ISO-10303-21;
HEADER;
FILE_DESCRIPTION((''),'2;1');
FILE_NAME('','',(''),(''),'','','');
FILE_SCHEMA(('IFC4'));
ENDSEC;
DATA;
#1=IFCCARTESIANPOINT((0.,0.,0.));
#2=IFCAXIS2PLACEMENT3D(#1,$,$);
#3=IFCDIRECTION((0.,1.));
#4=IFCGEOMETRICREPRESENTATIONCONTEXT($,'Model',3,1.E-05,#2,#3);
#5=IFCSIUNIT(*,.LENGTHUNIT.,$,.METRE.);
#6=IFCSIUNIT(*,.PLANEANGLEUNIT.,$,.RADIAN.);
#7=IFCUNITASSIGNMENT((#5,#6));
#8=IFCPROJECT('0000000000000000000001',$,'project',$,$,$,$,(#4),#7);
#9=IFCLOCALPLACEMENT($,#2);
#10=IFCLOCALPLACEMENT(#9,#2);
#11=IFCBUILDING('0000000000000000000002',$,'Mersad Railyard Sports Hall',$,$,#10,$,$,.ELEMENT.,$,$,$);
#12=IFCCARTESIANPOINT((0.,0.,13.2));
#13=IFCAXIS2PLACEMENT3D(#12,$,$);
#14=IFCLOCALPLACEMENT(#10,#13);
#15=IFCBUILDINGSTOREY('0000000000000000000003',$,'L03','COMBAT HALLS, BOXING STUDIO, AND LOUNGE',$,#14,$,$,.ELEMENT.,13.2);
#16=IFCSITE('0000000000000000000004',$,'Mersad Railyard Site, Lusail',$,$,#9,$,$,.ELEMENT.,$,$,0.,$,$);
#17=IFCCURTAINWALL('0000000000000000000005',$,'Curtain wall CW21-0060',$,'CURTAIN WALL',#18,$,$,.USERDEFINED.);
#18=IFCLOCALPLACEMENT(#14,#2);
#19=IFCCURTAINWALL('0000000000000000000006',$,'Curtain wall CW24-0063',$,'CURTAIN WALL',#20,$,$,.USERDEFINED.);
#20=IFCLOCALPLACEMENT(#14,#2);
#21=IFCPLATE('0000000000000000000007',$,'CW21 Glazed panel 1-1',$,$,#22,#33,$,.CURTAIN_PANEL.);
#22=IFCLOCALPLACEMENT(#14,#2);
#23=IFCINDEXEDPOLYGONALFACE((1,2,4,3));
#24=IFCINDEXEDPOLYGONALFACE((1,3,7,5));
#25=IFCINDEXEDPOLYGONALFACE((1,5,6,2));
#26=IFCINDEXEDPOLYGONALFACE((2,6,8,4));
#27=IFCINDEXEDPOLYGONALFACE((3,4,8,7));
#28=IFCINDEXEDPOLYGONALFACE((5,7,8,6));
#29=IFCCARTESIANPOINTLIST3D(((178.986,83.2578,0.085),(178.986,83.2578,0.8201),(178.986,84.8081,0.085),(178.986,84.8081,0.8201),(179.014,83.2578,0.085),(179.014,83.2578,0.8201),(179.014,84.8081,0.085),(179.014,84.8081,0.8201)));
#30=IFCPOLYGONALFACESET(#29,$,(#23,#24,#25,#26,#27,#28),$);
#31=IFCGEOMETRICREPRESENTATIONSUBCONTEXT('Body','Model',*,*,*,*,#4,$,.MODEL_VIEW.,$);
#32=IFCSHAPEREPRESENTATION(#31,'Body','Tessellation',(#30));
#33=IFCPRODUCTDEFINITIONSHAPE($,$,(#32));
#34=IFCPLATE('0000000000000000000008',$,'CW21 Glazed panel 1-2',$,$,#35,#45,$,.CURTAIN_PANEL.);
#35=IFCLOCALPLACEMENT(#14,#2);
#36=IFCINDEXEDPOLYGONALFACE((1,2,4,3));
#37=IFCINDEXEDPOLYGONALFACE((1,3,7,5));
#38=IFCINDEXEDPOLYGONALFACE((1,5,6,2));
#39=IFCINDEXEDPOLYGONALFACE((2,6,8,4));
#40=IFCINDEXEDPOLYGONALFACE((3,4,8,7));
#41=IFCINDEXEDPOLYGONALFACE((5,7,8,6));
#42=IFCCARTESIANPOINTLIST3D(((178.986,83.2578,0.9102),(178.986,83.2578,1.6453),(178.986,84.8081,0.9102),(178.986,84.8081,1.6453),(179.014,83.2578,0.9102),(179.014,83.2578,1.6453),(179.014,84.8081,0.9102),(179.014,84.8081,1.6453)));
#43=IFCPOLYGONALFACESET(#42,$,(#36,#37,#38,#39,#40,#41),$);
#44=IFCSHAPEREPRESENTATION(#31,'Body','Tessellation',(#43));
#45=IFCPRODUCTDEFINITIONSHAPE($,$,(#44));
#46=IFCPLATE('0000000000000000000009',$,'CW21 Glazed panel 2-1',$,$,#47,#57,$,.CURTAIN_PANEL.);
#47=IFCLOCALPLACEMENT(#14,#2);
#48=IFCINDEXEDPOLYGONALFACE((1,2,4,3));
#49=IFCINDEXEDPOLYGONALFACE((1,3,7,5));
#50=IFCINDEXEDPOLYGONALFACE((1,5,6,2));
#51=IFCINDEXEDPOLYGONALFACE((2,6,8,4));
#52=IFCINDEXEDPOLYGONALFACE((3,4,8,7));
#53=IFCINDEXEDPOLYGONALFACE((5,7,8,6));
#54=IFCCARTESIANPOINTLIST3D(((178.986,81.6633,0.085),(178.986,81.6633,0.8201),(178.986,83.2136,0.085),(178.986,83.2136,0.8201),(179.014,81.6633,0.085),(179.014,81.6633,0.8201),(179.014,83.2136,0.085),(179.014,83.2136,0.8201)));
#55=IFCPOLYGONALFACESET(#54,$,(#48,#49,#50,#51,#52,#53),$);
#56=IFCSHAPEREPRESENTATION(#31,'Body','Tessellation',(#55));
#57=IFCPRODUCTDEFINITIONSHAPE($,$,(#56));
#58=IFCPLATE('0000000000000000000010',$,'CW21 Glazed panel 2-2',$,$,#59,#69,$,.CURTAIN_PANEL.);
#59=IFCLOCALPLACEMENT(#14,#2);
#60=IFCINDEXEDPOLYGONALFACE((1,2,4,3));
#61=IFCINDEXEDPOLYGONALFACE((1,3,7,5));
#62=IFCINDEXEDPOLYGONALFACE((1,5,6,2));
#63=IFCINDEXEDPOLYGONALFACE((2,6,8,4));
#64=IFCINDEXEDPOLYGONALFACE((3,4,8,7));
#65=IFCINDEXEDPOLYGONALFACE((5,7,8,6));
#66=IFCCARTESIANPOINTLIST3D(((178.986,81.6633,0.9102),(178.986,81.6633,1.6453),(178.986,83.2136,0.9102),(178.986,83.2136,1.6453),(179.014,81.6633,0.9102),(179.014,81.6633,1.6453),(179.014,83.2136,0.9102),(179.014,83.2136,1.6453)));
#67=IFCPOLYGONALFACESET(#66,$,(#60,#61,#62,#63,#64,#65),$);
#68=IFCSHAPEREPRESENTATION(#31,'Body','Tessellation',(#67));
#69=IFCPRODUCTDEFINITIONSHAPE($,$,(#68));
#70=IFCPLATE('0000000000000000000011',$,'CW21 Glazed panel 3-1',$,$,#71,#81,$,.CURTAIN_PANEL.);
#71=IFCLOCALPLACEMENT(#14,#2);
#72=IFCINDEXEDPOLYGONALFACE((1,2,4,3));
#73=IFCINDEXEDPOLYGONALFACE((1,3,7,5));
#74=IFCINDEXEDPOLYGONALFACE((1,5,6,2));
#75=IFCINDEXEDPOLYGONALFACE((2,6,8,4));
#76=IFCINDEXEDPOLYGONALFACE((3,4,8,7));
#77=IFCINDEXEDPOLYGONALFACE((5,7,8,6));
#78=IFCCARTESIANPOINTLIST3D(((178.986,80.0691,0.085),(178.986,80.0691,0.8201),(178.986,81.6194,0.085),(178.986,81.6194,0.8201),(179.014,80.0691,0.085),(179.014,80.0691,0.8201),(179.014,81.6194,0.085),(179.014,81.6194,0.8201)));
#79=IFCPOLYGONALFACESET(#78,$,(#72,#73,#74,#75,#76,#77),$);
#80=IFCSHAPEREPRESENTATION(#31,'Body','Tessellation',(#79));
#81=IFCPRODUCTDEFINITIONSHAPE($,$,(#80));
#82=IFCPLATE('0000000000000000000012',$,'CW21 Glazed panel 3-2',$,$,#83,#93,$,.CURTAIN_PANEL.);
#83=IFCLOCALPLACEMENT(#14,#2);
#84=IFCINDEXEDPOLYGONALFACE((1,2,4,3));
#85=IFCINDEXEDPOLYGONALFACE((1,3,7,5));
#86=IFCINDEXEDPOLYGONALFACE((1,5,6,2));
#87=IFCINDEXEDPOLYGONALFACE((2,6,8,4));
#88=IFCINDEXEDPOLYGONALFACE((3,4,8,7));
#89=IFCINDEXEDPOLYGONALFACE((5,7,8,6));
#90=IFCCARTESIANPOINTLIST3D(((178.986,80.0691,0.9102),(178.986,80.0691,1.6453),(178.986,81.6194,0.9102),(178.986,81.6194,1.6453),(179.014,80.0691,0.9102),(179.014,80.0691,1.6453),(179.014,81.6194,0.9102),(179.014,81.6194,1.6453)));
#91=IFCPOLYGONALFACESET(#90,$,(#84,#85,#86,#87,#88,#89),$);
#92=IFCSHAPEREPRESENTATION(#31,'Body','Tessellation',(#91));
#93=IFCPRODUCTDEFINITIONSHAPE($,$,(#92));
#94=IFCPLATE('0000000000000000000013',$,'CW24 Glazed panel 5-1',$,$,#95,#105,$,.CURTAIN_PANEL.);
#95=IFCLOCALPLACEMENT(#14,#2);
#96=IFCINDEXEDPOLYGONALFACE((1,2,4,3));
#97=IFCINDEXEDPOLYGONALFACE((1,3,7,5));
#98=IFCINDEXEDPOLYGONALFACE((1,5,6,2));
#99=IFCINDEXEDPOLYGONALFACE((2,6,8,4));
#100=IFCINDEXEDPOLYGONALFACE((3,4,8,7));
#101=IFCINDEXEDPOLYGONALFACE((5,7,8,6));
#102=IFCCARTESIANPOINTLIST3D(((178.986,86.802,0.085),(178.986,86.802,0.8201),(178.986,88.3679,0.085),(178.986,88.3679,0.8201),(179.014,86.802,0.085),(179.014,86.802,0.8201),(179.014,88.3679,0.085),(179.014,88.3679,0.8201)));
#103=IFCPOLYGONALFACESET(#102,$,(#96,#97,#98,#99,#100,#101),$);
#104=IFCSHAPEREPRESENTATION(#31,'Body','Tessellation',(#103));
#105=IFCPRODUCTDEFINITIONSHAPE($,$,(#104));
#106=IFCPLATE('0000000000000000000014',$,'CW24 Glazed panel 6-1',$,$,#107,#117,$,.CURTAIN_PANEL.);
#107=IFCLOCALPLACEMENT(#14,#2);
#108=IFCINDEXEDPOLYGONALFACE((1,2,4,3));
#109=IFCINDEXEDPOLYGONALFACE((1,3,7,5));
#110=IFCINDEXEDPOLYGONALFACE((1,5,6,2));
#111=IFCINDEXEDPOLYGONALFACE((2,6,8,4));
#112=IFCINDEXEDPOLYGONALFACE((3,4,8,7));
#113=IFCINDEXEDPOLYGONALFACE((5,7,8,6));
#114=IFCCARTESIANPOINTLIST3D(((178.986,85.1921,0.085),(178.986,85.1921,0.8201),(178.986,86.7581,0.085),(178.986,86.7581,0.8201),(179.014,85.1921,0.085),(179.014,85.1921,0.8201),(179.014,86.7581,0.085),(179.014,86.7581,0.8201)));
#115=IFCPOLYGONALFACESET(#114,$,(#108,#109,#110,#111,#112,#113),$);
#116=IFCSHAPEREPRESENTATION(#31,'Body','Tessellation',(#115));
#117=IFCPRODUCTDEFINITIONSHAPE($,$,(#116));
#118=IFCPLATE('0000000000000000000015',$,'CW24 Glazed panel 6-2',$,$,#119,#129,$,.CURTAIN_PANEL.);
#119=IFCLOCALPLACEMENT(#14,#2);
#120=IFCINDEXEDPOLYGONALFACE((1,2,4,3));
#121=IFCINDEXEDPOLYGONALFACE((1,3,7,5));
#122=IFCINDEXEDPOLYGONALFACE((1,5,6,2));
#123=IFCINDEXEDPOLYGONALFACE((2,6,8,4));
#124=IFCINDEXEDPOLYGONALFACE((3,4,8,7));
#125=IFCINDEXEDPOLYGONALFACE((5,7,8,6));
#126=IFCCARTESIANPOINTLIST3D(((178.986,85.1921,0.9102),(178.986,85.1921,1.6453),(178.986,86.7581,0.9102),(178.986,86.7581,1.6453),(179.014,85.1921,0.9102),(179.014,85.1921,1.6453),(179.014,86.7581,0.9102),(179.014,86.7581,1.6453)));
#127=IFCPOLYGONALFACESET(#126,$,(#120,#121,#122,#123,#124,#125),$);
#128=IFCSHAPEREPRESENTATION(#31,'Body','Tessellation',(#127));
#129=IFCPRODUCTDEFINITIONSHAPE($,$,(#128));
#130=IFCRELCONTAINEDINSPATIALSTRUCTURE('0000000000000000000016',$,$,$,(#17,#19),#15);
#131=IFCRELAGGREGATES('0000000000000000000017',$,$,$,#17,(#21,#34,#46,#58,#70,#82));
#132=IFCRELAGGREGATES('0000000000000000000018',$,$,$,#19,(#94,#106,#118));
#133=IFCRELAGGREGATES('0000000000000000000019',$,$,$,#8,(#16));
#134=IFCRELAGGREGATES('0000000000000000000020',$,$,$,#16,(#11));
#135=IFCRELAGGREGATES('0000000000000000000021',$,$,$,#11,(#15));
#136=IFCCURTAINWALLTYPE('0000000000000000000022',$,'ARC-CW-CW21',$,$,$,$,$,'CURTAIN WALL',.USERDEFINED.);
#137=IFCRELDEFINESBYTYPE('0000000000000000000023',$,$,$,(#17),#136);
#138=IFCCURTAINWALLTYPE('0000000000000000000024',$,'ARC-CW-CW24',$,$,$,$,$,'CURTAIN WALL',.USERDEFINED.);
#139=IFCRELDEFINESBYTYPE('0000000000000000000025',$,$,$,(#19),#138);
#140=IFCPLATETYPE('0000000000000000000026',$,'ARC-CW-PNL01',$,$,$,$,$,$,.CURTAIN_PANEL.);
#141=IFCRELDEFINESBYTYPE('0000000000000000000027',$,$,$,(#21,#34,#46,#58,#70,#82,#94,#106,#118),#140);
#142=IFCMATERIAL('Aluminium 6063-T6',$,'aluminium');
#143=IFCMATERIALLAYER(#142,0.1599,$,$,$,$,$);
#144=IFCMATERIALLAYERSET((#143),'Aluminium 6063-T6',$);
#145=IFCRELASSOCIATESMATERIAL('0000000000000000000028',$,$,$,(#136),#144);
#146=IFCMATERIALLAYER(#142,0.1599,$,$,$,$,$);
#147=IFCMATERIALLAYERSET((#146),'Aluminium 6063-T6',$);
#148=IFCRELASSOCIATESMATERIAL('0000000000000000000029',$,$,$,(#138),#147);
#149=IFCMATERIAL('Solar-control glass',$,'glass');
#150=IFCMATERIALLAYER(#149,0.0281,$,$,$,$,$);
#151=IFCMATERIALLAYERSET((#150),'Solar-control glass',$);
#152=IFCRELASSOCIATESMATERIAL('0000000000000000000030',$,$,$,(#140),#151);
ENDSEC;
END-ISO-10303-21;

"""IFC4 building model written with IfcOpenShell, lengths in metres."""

from ifc_helpers import new_model, si_unit, direction, frame, origin, origin_2d, place, context, subcontext, project, spatial, rectangle, extrude, material, layer, layer_set, type_object, element, aggregate, save


model = new_model("IFC4")

# Units and contexts
model_context = context("Model", 3, precision=1e-05, world=origin(), true_north=direction((0.0, 1.0)))
body_context = subcontext(model_context, "Body", "Model", "MODEL_VIEW")
ifc_project = project(units=[si_unit("LENGTHUNIT", "METRE"), si_unit("PLANEANGLEUNIT", "RADIAN")], contexts=[model_context])

# Site, building, storey
site_placement = place(None, origin())
site = spatial("IfcSite", under=ifc_project, at=site_placement, Name="Mersad Railyard Site, Lusail", CompositionType="ELEMENT", RefElevation=0.0)
building_placement = place(site_placement, origin())
building = spatial("IfcBuilding", under=site, at=building_placement, Name="Mersad Railyard Sports Hall", CompositionType="ELEMENT")
storey_placement = place(building_placement, frame((0.0, 0.0, 13.2)))
storey = spatial("IfcBuildingStorey", under=building, at=storey_placement, Name="L03", Description="COMBAT HALLS, BOXING STUDIO, AND LOUNGE", CompositionType="ELEMENT", Elevation=13.2)

# Curtain walls
ifc_material_1 = material(Name="Aluminium 6063-T6", Category="aluminium")
ifc_layer_1 = layer(ifc_material_1, 0.1599)
ifc_layer_set_1 = layer_set([ifc_layer_1], Name="Aluminium 6063-T6")
curtain_wall_type_1 = type_object("IfcCurtainWallType", Name="ARC-CW-CW21", ElementType="CURTAIN WALL", PredefinedType="USERDEFINED", material=ifc_layer_set_1)
curtain_wall_1_placement = place(storey_placement, origin())
curtain_wall_1 = element("IfcCurtainWall", 1, at=curtain_wall_1_placement, inside=storey, type_object=curtain_wall_type_1, Name="Curtain wall CW21-0060", ObjectType="CURTAIN WALL", PredefinedType="USERDEFINED")
ifc_layer_2 = layer(ifc_material_1, 0.1599)
ifc_layer_set_2 = layer_set([ifc_layer_2], Name="Aluminium 6063-T6")
curtain_wall_type_2 = type_object("IfcCurtainWallType", Name="ARC-CW-CW24", ElementType="CURTAIN WALL", PredefinedType="USERDEFINED", material=ifc_layer_set_2)
curtain_wall_2_placement = place(storey_placement, origin())
curtain_wall_2 = element("IfcCurtainWall", 2, at=curtain_wall_2_placement, inside=storey, type_object=curtain_wall_type_2, Name="Curtain wall CW24-0063", ObjectType="CURTAIN WALL", PredefinedType="USERDEFINED")

# Plates
ifc_material_2 = material(Name="Solar-control glass", Category="glass")
ifc_layer_3 = layer(ifc_material_2, 0.0281)
ifc_layer_set_3 = layer_set([ifc_layer_3], Name="Solar-control glass")
plate_type = type_object("IfcPlateType", Name="ARC-CW-PNL01", PredefinedType="CURTAIN_PANEL", material=ifc_layer_set_3)
plate_1_placement = place(storey_placement, frame((179.0, 84.033, 0.085), z_axis=(0.0, 0.0, 1.0), x_axis=(0.0, -1.0, 0.0)))
plate_1 = element("IfcPlate", 3, at=plate_1_placement, type_object=plate_type, Name="CW21 Glazed panel 1-1", PredefinedType="CURTAIN_PANEL", context=body_context, shape_type="SweptSolid", body=[
    extrude(rectangle(XDim=1.5503, YDim=0.0281, at=origin_2d()), origin(), (0.0, 0.0, 1.0), 0.7351),
])
plate_2_placement = place(storey_placement, frame((179.0, 84.033, 0.9102), z_axis=(0.0, 0.0, 1.0), x_axis=(0.0, -1.0, 0.0)))
plate_2 = element("IfcPlate", 4, at=plate_2_placement, type_object=plate_type, Name="CW21 Glazed panel 1-2", PredefinedType="CURTAIN_PANEL", context=body_context, shape_type="SweptSolid", body=[
    extrude(rectangle(XDim=1.5503, YDim=0.0281, at=origin_2d()), origin(), (0.0, 0.0, 1.0), 0.7351),
])
plate_3_placement = place(storey_placement, frame((179.0, 82.4385, 0.085), z_axis=(0.0, 0.0, 1.0), x_axis=(0.0, -1.0, 0.0)))
plate_3 = element("IfcPlate", 5, at=plate_3_placement, type_object=plate_type, Name="CW21 Glazed panel 2-1", PredefinedType="CURTAIN_PANEL", context=body_context, shape_type="SweptSolid", body=[
    extrude(rectangle(XDim=1.5503, YDim=0.0281, at=origin_2d()), origin(), (0.0, 0.0, 1.0), 0.7351),
])
plate_4_placement = place(storey_placement, frame((179.0, 82.4385, 0.9102), z_axis=(0.0, 0.0, 1.0), x_axis=(0.0, -1.0, 0.0)))
plate_4 = element("IfcPlate", 6, at=plate_4_placement, type_object=plate_type, Name="CW21 Glazed panel 2-2", PredefinedType="CURTAIN_PANEL", context=body_context, shape_type="SweptSolid", body=[
    extrude(rectangle(XDim=1.5503, YDim=0.0281, at=origin_2d()), origin(), (0.0, 0.0, 1.0), 0.7351),
])
plate_5_placement = place(storey_placement, frame((179.0, 80.8442, 0.085), z_axis=(0.0, 0.0, 1.0), x_axis=(0.0, -1.0, 0.0)))
plate_5 = element("IfcPlate", 7, at=plate_5_placement, type_object=plate_type, Name="CW21 Glazed panel 3-1", PredefinedType="CURTAIN_PANEL", context=body_context, shape_type="SweptSolid", body=[
    extrude(rectangle(XDim=1.5503, YDim=0.0281, at=origin_2d()), origin(), (0.0, 0.0, 1.0), 0.7351),
])
plate_6_placement = place(storey_placement, frame((179.0, 80.8442, 0.9102), z_axis=(0.0, 0.0, 1.0), x_axis=(0.0, -1.0, 0.0)))
plate_6 = element("IfcPlate", 8, at=plate_6_placement, type_object=plate_type, Name="CW21 Glazed panel 3-2", PredefinedType="CURTAIN_PANEL", context=body_context, shape_type="SweptSolid", body=[
    extrude(rectangle(XDim=1.5503, YDim=0.0281, at=origin_2d()), origin(), (0.0, 0.0, 1.0), 0.7351),
])
aggregate(curtain_wall_1, [plate_1, plate_2, plate_3, plate_4, plate_5, plate_6])
plate_7_placement = place(storey_placement, frame((179.0, 87.585, 0.085), z_axis=(0.0, 0.0, 1.0), x_axis=(0.0, -1.0, 0.0)))
plate_7 = element("IfcPlate", 9, at=plate_7_placement, type_object=plate_type, Name="CW24 Glazed panel 5-1", PredefinedType="CURTAIN_PANEL", context=body_context, shape_type="SweptSolid", body=[
    extrude(rectangle(XDim=1.5659, YDim=0.0281, at=origin_2d()), origin(), (0.0, 0.0, 1.0), 0.7351),
])
plate_8_placement = place(storey_placement, frame((179.0, 85.9751, 0.085), z_axis=(0.0, 0.0, 1.0), x_axis=(0.0, -1.0, 0.0)))
plate_8 = element("IfcPlate", 10, at=plate_8_placement, type_object=plate_type, Name="CW24 Glazed panel 6-1", PredefinedType="CURTAIN_PANEL", context=body_context, shape_type="SweptSolid", body=[
    extrude(rectangle(XDim=1.5659, YDim=0.0281, at=origin_2d()), origin(), (0.0, 0.0, 1.0), 0.7351),
])
plate_9_placement = place(storey_placement, frame((179.0, 85.9751, 0.9102), z_axis=(0.0, 0.0, 1.0), x_axis=(0.0, -1.0, 0.0)))
plate_9 = element("IfcPlate", 11, at=plate_9_placement, type_object=plate_type, Name="CW24 Glazed panel 6-2", PredefinedType="CURTAIN_PANEL", context=body_context, shape_type="SweptSolid", body=[
    extrude(rectangle(XDim=1.5659, YDim=0.0281, at=origin_2d()), origin(), (0.0, 0.0, 1.0), 0.7351),
])
aggregate(curtain_wall_2, [plate_7, plate_8, plate_9])

save(model, "model.ifc")
